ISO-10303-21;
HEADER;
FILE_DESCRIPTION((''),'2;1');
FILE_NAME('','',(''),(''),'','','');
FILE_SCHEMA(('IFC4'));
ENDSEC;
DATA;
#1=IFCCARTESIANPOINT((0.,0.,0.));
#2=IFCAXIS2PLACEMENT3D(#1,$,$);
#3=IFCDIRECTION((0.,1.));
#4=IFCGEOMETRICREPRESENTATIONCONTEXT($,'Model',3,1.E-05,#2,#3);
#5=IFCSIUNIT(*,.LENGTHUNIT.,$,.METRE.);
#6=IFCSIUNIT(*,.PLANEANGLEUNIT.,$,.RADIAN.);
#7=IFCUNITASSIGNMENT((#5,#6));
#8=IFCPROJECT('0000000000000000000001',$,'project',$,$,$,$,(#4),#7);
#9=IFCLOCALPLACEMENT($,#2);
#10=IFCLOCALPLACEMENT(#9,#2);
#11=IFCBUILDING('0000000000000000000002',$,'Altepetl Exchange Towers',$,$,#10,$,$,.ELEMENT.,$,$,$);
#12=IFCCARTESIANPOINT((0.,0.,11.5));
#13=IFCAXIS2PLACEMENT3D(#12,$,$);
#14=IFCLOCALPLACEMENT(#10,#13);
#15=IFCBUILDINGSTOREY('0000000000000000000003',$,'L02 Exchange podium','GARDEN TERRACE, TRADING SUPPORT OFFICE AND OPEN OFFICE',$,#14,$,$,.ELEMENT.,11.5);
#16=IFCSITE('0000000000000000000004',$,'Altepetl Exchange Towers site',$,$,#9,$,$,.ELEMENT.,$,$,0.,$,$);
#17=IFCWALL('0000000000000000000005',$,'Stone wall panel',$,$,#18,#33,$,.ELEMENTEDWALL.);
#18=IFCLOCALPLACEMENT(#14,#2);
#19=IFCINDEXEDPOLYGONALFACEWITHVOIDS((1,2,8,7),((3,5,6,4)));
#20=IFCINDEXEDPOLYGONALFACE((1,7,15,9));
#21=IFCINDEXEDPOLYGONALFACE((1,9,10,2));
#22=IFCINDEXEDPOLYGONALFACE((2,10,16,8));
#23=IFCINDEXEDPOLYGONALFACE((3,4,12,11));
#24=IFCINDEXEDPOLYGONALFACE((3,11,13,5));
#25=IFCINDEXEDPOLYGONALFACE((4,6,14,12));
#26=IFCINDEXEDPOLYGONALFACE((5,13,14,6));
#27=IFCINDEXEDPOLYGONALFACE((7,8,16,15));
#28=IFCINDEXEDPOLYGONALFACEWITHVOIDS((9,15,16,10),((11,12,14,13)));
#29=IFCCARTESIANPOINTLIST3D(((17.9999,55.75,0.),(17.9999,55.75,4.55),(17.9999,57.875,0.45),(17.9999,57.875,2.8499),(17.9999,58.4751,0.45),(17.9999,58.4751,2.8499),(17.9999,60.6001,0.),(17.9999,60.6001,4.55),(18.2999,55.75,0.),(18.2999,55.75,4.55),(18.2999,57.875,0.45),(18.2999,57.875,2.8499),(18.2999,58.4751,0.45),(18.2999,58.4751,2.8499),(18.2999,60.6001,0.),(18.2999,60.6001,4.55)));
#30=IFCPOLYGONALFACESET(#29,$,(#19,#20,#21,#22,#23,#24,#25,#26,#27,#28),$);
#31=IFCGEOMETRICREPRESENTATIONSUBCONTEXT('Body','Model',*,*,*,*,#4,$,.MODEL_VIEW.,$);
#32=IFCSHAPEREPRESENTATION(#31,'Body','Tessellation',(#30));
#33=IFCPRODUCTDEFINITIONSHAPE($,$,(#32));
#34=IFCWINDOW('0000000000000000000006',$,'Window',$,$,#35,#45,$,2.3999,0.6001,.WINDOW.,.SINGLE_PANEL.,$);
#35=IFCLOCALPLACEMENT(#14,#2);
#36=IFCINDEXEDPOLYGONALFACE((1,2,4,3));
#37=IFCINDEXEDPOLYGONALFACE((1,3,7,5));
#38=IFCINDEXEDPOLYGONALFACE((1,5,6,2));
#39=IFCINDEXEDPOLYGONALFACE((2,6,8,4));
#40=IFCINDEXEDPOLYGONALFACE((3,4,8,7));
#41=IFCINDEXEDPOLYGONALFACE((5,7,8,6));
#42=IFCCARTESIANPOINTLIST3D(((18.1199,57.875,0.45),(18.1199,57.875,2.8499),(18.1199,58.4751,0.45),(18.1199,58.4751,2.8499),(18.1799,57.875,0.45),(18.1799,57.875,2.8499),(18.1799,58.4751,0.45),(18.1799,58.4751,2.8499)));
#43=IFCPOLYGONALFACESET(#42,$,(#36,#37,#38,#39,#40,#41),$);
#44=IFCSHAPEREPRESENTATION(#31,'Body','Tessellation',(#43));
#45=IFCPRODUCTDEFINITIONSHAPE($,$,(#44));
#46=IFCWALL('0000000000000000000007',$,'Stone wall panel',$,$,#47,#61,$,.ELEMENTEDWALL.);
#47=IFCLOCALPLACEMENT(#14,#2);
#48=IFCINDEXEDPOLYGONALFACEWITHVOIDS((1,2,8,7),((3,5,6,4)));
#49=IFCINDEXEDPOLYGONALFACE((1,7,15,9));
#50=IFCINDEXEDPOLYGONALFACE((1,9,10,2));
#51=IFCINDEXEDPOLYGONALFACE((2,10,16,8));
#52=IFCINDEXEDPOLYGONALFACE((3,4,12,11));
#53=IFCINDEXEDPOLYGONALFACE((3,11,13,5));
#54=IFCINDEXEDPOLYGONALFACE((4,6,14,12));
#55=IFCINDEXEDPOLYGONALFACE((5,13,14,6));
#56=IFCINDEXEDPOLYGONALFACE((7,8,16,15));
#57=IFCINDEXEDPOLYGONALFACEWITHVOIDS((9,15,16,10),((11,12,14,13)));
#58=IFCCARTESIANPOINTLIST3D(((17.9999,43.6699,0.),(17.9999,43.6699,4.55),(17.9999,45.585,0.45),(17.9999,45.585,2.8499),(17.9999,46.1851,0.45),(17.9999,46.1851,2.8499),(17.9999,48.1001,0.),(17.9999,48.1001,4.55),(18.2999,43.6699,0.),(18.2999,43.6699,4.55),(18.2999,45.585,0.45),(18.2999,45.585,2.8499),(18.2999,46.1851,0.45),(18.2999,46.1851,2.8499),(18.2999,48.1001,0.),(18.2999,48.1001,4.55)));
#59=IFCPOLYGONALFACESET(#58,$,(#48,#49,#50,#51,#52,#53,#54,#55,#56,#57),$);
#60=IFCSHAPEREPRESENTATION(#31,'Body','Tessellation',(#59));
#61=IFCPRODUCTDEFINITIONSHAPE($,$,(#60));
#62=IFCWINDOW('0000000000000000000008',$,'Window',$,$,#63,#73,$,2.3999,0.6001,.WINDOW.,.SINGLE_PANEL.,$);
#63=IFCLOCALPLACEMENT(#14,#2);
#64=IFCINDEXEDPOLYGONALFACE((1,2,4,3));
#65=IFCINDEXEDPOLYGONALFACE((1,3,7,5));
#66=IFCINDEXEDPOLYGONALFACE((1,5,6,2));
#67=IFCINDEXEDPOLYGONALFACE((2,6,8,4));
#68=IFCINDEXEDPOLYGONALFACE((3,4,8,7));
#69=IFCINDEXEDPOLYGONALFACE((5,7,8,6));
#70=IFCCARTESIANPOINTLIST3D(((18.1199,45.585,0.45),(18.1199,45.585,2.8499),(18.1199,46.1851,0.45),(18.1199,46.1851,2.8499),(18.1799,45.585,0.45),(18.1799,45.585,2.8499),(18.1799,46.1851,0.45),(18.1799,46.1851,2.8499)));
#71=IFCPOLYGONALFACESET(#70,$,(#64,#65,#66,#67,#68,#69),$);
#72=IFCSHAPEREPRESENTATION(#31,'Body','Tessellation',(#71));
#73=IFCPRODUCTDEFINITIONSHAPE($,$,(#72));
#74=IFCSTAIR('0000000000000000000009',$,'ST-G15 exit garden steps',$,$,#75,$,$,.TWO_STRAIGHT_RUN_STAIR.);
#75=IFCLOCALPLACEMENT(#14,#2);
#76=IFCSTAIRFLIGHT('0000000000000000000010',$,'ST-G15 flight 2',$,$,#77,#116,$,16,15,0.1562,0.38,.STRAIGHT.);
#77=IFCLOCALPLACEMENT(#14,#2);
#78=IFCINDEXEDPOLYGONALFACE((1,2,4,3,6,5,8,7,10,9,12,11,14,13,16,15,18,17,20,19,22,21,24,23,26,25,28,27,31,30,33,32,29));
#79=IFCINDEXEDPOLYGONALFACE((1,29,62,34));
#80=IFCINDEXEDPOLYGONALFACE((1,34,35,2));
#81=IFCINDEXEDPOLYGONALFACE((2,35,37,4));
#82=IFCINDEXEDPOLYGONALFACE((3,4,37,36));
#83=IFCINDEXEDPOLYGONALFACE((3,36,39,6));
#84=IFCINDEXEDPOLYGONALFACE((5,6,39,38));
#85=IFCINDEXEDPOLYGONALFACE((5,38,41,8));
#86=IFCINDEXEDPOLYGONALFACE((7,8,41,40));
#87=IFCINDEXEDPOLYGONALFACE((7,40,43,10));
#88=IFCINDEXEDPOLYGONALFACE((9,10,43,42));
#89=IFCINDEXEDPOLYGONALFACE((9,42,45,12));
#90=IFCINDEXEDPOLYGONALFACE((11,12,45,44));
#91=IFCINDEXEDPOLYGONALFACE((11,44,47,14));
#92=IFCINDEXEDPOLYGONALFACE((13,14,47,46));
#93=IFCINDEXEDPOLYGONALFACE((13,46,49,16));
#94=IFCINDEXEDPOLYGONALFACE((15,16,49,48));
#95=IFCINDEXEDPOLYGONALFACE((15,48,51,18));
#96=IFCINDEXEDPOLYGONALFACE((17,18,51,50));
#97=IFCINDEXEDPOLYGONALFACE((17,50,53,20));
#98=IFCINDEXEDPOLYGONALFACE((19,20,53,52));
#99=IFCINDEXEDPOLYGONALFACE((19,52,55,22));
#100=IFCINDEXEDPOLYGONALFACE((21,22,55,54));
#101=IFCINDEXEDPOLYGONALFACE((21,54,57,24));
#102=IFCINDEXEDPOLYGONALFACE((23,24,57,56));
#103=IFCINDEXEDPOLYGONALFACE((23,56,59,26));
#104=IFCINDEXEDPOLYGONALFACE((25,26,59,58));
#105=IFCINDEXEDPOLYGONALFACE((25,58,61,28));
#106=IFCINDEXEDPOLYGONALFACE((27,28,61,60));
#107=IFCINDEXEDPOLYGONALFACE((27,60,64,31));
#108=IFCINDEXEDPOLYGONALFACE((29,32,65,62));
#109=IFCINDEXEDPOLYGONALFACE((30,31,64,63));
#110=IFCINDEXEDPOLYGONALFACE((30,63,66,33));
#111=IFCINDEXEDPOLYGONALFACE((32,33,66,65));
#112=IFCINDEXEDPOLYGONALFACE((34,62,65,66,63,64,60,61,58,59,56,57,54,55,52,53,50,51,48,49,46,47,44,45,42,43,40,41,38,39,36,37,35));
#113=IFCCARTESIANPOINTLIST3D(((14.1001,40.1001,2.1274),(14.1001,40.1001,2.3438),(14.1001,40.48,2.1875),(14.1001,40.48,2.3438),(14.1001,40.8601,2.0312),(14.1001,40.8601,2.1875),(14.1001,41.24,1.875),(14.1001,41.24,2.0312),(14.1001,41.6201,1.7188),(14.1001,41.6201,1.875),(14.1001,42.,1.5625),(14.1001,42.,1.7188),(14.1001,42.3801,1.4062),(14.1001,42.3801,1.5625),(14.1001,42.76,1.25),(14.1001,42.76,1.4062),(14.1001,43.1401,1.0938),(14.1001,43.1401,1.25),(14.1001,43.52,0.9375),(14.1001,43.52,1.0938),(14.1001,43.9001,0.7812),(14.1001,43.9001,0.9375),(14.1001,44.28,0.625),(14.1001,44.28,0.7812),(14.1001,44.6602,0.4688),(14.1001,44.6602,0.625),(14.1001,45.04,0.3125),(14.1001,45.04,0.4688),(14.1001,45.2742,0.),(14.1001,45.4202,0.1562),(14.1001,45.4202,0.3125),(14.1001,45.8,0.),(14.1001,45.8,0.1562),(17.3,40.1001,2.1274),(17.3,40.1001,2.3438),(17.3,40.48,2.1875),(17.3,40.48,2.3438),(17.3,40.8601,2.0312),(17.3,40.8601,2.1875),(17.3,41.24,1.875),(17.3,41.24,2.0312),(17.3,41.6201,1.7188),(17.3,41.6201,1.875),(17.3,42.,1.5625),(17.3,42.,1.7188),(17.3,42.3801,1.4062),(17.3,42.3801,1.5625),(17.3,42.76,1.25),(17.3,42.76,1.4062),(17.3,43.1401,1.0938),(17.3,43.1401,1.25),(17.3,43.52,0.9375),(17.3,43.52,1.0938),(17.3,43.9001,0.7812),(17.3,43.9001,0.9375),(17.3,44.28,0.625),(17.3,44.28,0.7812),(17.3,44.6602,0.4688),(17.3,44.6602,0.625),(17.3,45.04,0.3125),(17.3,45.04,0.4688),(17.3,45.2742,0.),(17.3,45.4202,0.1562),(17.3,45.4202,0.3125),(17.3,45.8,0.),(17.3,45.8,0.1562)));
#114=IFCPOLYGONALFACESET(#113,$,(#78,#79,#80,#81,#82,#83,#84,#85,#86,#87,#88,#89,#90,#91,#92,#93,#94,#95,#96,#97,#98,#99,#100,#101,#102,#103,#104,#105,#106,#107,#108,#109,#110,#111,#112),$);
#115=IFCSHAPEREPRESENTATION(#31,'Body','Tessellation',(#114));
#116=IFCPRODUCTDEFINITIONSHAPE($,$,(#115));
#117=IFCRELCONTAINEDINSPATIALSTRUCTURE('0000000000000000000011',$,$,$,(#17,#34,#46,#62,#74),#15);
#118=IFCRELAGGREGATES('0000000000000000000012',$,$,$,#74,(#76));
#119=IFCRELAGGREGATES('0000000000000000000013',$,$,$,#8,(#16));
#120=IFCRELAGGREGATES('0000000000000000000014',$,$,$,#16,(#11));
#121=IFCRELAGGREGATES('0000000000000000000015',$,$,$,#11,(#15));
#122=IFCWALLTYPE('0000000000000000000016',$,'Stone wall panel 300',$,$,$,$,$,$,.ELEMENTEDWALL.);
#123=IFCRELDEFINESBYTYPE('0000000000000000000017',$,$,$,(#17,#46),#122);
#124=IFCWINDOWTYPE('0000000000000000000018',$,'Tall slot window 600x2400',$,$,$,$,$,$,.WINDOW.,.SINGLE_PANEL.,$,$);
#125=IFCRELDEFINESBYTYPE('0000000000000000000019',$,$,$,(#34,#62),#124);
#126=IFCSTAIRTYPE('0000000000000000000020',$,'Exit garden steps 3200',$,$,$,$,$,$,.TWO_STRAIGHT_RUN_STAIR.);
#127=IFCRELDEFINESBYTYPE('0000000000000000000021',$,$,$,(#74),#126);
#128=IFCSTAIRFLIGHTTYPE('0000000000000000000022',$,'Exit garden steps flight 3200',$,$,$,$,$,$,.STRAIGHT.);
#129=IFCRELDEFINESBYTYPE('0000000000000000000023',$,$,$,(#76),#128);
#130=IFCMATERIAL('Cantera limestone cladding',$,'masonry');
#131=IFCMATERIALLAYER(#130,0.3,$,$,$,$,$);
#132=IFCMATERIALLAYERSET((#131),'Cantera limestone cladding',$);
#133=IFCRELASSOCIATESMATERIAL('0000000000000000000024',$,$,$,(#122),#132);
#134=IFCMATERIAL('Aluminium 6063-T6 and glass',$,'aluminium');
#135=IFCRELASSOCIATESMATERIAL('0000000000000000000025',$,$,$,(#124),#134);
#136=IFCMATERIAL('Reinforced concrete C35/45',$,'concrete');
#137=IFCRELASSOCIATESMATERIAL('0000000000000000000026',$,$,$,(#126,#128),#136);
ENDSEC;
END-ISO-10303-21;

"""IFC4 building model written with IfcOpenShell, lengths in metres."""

from ifc_helpers import new_model, si_unit, direction, frame, frame_2d, origin, place, context, subcontext, project, spatial, polyline, rectangle, outline, extrude, material, layer, layer_set, type_object, element, fill, aggregate, save


model = new_model("IFC4")

# Units and contexts
model_context = context("Model", 3, precision=1e-05, world=origin(), true_north=direction((0.0, 1.0)))
body_context = subcontext(model_context, "Body", "Model", "MODEL_VIEW")
ifc_project = project(units=[si_unit("LENGTHUNIT", "METRE"), si_unit("PLANEANGLEUNIT", "RADIAN")], contexts=[model_context])

# Site, building, storey
site_placement = place(None, origin())
site = spatial("IfcSite", under=ifc_project, at=site_placement, Name="Altepetl Exchange Towers site", CompositionType="ELEMENT", RefElevation=0.0)
building_placement = place(site_placement, origin())
building = spatial("IfcBuilding", under=site, at=building_placement, Name="Altepetl Exchange Towers", CompositionType="ELEMENT")
storey_placement = place(building_placement, frame((0.0, 0.0, 11.5)))
storey = spatial("IfcBuildingStorey", under=building, at=storey_placement, Name="L02 Exchange podium", Description="GARDEN TERRACE, TRADING SUPPORT OFFICE AND OPEN OFFICE", CompositionType="ELEMENT", Elevation=11.5)

# Shared definitions
ifc_material_1 = material(Name="Aluminium 6063-T6 and glass", Category="aluminium")

# Shared definitions
ifc_material_2 = material(Name="Reinforced concrete C35/45", Category="concrete")

# Walls, openings, windows
ifc_material_3 = material(Name="Cantera limestone cladding", Category="masonry")
ifc_layer_1 = layer(ifc_material_3, 0.3)
ifc_layer_set_1 = layer_set([ifc_layer_1], Name="Cantera limestone cladding")
wall_type_1 = type_object("IfcWallType", Name="Stone wall panel 300", PredefinedType="ELEMENTEDWALL", material=ifc_layer_set_1)
wall_1_placement = place(storey_placement, frame((18.1499, 60.6001, 0.0), z_axis=(0.0, 0.0, 1.0), x_axis=(0.0, -1.0, 0.0)))
wall_1 = element("IfcWall", 1, at=wall_1_placement, inside=storey, type_object=wall_type_1, Name="Stone wall panel", PredefinedType="ELEMENTEDWALL", context=body_context, shape_type="SweptSolid", body=[
    extrude(rectangle(XDim=4.8501, YDim=0.3, at=frame_2d((2.425, 0.0))), origin(), (0.0, 0.0, 1.0), 4.55),
])
opening_1_placement = place(wall_1_placement, frame((2.125, 0.0, 0.45)))
opening_1 = element("IfcOpeningElement", 2, at=opening_1_placement, cuts=wall_1, PredefinedType="OPENING", context=body_context, shape_type="SweptSolid", body=[
    extrude(rectangle(XDim=0.6001, YDim=2.3999, at=frame_2d((0.3, 1.2))), frame((0.0, 0.1602, 0.0), z_axis=(0.0, -1.0, 0.0), x_axis=(1.0, 0.0, 0.0)), (0.0, 0.0, 1.0), 0.3201),
])
window_type = type_object("IfcWindowType", Name="Tall slot window 600x2400", PartitioningType="SINGLE_PANEL", PredefinedType="WINDOW", material=ifc_material_1)
window_1_placement = place(opening_1_placement, origin())
window_1 = element("IfcWindow", 3, at=window_1_placement, inside=storey, type_object=window_type, Name="Window", OverallHeight=2.3999, OverallWidth=0.6001, PartitioningType="SINGLE_PANEL", PredefinedType="WINDOW", context=body_context, shape_type="SweptSolid", body=[
    extrude(rectangle(XDim=0.6001, YDim=2.3999, at=frame_2d((0.3, 1.2))), frame((0.0, 0.03, 0.0), z_axis=(0.0, -1.0, 0.0), x_axis=(1.0, 0.0, 0.0)), (0.0, 0.0, 1.0), 0.0601),
])
fill(opening_1, window_1)
wall_2_placement = place(storey_placement, frame((18.1499, 48.1001, 0.0), z_axis=(0.0, 0.0, 1.0), x_axis=(0.0, -1.0, 0.0)))
wall_2 = element("IfcWall", 4, at=wall_2_placement, inside=storey, type_object=wall_type_1, Name="Stone wall panel", PredefinedType="ELEMENTEDWALL", context=body_context, shape_type="SweptSolid", body=[
    extrude(rectangle(XDim=4.4302, YDim=0.3, at=frame_2d((2.2151, 0.0))), origin(), (0.0, 0.0, 1.0), 4.55),
])
opening_2_placement = place(wall_2_placement, frame((1.915, 0.0, 0.45)))
opening_2 = element("IfcOpeningElement", 5, at=opening_2_placement, cuts=wall_2, PredefinedType="OPENING", context=body_context, shape_type="SweptSolid", body=[
    extrude(rectangle(XDim=0.6001, YDim=2.3999, at=frame_2d((0.3, 1.2))), frame((0.0, 0.1602, 0.0), z_axis=(0.0, -1.0, 0.0), x_axis=(1.0, 0.0, 0.0)), (0.0, 0.0, 1.0), 0.3201),
])
window_2_placement = place(opening_2_placement, origin())
window_2 = element("IfcWindow", 6, at=window_2_placement, inside=storey, type_object=window_type, Name="Window", OverallHeight=2.3999, OverallWidth=0.6001, PartitioningType="SINGLE_PANEL", PredefinedType="WINDOW", context=body_context, shape_type="SweptSolid", body=[
    extrude(rectangle(XDim=0.6001, YDim=2.3999, at=frame_2d((0.3, 1.2))), frame((0.0, 0.03, 0.0), z_axis=(0.0, -1.0, 0.0), x_axis=(1.0, 0.0, 0.0)), (0.0, 0.0, 1.0), 0.0601),
])
fill(opening_2, window_2)

# Stair, stair flight
stair_type = type_object("IfcStairType", Name="Exit garden steps 3200", PredefinedType="TWO_STRAIGHT_RUN_STAIR", material=ifc_material_2)
stair_placement = place(storey_placement, origin())
stair = element("IfcStair", 7, at=stair_placement, inside=storey, type_object=stair_type, Name="ST-G15 exit garden steps", PredefinedType="TWO_STRAIGHT_RUN_STAIR")
stair_flight_type = type_object("IfcStairFlightType", Name="Exit garden steps flight 3200", PredefinedType="STRAIGHT", material=ifc_material_2)
stair_flight_placement = place(storey_placement, frame((15.7, 45.8, 0.0), z_axis=(0.0, 0.0, 1.0), x_axis=(0.0, -1.0, 0.0)))
stair_flight = element("IfcStairFlight", 8, at=stair_flight_placement, type_object=stair_flight_type, Name="ST-G15 flight 2", NumberOfRisers=16, NumberOfTreads=15, PredefinedType="STRAIGHT", RiserHeight=0.1562, TreadLength=0.38, context=body_context, shape_type="SweptSolid", body=[
    extrude(outline(polyline([(0.0, 0.0), (0.0, 0.1562), (0.3799, 0.1562), (0.3799, 0.3125), (0.76, 0.3125), (0.76, 0.4688), (1.1399, 0.4688), (1.1399, 0.625), (1.52, 0.625), (1.52, 0.7812), (1.8999, 0.7812), (1.8999, 0.9375), (2.28, 0.9375), (2.28, 1.0938), (2.6599, 1.0938), (2.6599, 1.25), (3.04, 1.25), (3.04, 1.4062), (3.4199, 1.4062), (3.4199, 1.5625), (3.8, 1.5625), (3.8, 1.7188), (4.1799, 1.7188), (4.1799, 1.875), (4.5601, 1.875), (4.5601, 2.0312), (4.9399, 2.0312), (4.9399, 2.1875), (5.3201, 2.1875), (5.3201, 2.3438), (5.7, 2.3438), (5.7, 2.5), (5.7, 2.1274), (0.5259, 0.0), (0.0, 0.0)])), frame((0.0, 1.6001, 0.0), z_axis=(0.0, -1.0, 0.0), x_axis=(1.0, 0.0, 0.0)), (0.0, 0.0, 1.0), 3.2),
])
aggregate(stair, [stair_flight])

save(model, "model.ifc")
